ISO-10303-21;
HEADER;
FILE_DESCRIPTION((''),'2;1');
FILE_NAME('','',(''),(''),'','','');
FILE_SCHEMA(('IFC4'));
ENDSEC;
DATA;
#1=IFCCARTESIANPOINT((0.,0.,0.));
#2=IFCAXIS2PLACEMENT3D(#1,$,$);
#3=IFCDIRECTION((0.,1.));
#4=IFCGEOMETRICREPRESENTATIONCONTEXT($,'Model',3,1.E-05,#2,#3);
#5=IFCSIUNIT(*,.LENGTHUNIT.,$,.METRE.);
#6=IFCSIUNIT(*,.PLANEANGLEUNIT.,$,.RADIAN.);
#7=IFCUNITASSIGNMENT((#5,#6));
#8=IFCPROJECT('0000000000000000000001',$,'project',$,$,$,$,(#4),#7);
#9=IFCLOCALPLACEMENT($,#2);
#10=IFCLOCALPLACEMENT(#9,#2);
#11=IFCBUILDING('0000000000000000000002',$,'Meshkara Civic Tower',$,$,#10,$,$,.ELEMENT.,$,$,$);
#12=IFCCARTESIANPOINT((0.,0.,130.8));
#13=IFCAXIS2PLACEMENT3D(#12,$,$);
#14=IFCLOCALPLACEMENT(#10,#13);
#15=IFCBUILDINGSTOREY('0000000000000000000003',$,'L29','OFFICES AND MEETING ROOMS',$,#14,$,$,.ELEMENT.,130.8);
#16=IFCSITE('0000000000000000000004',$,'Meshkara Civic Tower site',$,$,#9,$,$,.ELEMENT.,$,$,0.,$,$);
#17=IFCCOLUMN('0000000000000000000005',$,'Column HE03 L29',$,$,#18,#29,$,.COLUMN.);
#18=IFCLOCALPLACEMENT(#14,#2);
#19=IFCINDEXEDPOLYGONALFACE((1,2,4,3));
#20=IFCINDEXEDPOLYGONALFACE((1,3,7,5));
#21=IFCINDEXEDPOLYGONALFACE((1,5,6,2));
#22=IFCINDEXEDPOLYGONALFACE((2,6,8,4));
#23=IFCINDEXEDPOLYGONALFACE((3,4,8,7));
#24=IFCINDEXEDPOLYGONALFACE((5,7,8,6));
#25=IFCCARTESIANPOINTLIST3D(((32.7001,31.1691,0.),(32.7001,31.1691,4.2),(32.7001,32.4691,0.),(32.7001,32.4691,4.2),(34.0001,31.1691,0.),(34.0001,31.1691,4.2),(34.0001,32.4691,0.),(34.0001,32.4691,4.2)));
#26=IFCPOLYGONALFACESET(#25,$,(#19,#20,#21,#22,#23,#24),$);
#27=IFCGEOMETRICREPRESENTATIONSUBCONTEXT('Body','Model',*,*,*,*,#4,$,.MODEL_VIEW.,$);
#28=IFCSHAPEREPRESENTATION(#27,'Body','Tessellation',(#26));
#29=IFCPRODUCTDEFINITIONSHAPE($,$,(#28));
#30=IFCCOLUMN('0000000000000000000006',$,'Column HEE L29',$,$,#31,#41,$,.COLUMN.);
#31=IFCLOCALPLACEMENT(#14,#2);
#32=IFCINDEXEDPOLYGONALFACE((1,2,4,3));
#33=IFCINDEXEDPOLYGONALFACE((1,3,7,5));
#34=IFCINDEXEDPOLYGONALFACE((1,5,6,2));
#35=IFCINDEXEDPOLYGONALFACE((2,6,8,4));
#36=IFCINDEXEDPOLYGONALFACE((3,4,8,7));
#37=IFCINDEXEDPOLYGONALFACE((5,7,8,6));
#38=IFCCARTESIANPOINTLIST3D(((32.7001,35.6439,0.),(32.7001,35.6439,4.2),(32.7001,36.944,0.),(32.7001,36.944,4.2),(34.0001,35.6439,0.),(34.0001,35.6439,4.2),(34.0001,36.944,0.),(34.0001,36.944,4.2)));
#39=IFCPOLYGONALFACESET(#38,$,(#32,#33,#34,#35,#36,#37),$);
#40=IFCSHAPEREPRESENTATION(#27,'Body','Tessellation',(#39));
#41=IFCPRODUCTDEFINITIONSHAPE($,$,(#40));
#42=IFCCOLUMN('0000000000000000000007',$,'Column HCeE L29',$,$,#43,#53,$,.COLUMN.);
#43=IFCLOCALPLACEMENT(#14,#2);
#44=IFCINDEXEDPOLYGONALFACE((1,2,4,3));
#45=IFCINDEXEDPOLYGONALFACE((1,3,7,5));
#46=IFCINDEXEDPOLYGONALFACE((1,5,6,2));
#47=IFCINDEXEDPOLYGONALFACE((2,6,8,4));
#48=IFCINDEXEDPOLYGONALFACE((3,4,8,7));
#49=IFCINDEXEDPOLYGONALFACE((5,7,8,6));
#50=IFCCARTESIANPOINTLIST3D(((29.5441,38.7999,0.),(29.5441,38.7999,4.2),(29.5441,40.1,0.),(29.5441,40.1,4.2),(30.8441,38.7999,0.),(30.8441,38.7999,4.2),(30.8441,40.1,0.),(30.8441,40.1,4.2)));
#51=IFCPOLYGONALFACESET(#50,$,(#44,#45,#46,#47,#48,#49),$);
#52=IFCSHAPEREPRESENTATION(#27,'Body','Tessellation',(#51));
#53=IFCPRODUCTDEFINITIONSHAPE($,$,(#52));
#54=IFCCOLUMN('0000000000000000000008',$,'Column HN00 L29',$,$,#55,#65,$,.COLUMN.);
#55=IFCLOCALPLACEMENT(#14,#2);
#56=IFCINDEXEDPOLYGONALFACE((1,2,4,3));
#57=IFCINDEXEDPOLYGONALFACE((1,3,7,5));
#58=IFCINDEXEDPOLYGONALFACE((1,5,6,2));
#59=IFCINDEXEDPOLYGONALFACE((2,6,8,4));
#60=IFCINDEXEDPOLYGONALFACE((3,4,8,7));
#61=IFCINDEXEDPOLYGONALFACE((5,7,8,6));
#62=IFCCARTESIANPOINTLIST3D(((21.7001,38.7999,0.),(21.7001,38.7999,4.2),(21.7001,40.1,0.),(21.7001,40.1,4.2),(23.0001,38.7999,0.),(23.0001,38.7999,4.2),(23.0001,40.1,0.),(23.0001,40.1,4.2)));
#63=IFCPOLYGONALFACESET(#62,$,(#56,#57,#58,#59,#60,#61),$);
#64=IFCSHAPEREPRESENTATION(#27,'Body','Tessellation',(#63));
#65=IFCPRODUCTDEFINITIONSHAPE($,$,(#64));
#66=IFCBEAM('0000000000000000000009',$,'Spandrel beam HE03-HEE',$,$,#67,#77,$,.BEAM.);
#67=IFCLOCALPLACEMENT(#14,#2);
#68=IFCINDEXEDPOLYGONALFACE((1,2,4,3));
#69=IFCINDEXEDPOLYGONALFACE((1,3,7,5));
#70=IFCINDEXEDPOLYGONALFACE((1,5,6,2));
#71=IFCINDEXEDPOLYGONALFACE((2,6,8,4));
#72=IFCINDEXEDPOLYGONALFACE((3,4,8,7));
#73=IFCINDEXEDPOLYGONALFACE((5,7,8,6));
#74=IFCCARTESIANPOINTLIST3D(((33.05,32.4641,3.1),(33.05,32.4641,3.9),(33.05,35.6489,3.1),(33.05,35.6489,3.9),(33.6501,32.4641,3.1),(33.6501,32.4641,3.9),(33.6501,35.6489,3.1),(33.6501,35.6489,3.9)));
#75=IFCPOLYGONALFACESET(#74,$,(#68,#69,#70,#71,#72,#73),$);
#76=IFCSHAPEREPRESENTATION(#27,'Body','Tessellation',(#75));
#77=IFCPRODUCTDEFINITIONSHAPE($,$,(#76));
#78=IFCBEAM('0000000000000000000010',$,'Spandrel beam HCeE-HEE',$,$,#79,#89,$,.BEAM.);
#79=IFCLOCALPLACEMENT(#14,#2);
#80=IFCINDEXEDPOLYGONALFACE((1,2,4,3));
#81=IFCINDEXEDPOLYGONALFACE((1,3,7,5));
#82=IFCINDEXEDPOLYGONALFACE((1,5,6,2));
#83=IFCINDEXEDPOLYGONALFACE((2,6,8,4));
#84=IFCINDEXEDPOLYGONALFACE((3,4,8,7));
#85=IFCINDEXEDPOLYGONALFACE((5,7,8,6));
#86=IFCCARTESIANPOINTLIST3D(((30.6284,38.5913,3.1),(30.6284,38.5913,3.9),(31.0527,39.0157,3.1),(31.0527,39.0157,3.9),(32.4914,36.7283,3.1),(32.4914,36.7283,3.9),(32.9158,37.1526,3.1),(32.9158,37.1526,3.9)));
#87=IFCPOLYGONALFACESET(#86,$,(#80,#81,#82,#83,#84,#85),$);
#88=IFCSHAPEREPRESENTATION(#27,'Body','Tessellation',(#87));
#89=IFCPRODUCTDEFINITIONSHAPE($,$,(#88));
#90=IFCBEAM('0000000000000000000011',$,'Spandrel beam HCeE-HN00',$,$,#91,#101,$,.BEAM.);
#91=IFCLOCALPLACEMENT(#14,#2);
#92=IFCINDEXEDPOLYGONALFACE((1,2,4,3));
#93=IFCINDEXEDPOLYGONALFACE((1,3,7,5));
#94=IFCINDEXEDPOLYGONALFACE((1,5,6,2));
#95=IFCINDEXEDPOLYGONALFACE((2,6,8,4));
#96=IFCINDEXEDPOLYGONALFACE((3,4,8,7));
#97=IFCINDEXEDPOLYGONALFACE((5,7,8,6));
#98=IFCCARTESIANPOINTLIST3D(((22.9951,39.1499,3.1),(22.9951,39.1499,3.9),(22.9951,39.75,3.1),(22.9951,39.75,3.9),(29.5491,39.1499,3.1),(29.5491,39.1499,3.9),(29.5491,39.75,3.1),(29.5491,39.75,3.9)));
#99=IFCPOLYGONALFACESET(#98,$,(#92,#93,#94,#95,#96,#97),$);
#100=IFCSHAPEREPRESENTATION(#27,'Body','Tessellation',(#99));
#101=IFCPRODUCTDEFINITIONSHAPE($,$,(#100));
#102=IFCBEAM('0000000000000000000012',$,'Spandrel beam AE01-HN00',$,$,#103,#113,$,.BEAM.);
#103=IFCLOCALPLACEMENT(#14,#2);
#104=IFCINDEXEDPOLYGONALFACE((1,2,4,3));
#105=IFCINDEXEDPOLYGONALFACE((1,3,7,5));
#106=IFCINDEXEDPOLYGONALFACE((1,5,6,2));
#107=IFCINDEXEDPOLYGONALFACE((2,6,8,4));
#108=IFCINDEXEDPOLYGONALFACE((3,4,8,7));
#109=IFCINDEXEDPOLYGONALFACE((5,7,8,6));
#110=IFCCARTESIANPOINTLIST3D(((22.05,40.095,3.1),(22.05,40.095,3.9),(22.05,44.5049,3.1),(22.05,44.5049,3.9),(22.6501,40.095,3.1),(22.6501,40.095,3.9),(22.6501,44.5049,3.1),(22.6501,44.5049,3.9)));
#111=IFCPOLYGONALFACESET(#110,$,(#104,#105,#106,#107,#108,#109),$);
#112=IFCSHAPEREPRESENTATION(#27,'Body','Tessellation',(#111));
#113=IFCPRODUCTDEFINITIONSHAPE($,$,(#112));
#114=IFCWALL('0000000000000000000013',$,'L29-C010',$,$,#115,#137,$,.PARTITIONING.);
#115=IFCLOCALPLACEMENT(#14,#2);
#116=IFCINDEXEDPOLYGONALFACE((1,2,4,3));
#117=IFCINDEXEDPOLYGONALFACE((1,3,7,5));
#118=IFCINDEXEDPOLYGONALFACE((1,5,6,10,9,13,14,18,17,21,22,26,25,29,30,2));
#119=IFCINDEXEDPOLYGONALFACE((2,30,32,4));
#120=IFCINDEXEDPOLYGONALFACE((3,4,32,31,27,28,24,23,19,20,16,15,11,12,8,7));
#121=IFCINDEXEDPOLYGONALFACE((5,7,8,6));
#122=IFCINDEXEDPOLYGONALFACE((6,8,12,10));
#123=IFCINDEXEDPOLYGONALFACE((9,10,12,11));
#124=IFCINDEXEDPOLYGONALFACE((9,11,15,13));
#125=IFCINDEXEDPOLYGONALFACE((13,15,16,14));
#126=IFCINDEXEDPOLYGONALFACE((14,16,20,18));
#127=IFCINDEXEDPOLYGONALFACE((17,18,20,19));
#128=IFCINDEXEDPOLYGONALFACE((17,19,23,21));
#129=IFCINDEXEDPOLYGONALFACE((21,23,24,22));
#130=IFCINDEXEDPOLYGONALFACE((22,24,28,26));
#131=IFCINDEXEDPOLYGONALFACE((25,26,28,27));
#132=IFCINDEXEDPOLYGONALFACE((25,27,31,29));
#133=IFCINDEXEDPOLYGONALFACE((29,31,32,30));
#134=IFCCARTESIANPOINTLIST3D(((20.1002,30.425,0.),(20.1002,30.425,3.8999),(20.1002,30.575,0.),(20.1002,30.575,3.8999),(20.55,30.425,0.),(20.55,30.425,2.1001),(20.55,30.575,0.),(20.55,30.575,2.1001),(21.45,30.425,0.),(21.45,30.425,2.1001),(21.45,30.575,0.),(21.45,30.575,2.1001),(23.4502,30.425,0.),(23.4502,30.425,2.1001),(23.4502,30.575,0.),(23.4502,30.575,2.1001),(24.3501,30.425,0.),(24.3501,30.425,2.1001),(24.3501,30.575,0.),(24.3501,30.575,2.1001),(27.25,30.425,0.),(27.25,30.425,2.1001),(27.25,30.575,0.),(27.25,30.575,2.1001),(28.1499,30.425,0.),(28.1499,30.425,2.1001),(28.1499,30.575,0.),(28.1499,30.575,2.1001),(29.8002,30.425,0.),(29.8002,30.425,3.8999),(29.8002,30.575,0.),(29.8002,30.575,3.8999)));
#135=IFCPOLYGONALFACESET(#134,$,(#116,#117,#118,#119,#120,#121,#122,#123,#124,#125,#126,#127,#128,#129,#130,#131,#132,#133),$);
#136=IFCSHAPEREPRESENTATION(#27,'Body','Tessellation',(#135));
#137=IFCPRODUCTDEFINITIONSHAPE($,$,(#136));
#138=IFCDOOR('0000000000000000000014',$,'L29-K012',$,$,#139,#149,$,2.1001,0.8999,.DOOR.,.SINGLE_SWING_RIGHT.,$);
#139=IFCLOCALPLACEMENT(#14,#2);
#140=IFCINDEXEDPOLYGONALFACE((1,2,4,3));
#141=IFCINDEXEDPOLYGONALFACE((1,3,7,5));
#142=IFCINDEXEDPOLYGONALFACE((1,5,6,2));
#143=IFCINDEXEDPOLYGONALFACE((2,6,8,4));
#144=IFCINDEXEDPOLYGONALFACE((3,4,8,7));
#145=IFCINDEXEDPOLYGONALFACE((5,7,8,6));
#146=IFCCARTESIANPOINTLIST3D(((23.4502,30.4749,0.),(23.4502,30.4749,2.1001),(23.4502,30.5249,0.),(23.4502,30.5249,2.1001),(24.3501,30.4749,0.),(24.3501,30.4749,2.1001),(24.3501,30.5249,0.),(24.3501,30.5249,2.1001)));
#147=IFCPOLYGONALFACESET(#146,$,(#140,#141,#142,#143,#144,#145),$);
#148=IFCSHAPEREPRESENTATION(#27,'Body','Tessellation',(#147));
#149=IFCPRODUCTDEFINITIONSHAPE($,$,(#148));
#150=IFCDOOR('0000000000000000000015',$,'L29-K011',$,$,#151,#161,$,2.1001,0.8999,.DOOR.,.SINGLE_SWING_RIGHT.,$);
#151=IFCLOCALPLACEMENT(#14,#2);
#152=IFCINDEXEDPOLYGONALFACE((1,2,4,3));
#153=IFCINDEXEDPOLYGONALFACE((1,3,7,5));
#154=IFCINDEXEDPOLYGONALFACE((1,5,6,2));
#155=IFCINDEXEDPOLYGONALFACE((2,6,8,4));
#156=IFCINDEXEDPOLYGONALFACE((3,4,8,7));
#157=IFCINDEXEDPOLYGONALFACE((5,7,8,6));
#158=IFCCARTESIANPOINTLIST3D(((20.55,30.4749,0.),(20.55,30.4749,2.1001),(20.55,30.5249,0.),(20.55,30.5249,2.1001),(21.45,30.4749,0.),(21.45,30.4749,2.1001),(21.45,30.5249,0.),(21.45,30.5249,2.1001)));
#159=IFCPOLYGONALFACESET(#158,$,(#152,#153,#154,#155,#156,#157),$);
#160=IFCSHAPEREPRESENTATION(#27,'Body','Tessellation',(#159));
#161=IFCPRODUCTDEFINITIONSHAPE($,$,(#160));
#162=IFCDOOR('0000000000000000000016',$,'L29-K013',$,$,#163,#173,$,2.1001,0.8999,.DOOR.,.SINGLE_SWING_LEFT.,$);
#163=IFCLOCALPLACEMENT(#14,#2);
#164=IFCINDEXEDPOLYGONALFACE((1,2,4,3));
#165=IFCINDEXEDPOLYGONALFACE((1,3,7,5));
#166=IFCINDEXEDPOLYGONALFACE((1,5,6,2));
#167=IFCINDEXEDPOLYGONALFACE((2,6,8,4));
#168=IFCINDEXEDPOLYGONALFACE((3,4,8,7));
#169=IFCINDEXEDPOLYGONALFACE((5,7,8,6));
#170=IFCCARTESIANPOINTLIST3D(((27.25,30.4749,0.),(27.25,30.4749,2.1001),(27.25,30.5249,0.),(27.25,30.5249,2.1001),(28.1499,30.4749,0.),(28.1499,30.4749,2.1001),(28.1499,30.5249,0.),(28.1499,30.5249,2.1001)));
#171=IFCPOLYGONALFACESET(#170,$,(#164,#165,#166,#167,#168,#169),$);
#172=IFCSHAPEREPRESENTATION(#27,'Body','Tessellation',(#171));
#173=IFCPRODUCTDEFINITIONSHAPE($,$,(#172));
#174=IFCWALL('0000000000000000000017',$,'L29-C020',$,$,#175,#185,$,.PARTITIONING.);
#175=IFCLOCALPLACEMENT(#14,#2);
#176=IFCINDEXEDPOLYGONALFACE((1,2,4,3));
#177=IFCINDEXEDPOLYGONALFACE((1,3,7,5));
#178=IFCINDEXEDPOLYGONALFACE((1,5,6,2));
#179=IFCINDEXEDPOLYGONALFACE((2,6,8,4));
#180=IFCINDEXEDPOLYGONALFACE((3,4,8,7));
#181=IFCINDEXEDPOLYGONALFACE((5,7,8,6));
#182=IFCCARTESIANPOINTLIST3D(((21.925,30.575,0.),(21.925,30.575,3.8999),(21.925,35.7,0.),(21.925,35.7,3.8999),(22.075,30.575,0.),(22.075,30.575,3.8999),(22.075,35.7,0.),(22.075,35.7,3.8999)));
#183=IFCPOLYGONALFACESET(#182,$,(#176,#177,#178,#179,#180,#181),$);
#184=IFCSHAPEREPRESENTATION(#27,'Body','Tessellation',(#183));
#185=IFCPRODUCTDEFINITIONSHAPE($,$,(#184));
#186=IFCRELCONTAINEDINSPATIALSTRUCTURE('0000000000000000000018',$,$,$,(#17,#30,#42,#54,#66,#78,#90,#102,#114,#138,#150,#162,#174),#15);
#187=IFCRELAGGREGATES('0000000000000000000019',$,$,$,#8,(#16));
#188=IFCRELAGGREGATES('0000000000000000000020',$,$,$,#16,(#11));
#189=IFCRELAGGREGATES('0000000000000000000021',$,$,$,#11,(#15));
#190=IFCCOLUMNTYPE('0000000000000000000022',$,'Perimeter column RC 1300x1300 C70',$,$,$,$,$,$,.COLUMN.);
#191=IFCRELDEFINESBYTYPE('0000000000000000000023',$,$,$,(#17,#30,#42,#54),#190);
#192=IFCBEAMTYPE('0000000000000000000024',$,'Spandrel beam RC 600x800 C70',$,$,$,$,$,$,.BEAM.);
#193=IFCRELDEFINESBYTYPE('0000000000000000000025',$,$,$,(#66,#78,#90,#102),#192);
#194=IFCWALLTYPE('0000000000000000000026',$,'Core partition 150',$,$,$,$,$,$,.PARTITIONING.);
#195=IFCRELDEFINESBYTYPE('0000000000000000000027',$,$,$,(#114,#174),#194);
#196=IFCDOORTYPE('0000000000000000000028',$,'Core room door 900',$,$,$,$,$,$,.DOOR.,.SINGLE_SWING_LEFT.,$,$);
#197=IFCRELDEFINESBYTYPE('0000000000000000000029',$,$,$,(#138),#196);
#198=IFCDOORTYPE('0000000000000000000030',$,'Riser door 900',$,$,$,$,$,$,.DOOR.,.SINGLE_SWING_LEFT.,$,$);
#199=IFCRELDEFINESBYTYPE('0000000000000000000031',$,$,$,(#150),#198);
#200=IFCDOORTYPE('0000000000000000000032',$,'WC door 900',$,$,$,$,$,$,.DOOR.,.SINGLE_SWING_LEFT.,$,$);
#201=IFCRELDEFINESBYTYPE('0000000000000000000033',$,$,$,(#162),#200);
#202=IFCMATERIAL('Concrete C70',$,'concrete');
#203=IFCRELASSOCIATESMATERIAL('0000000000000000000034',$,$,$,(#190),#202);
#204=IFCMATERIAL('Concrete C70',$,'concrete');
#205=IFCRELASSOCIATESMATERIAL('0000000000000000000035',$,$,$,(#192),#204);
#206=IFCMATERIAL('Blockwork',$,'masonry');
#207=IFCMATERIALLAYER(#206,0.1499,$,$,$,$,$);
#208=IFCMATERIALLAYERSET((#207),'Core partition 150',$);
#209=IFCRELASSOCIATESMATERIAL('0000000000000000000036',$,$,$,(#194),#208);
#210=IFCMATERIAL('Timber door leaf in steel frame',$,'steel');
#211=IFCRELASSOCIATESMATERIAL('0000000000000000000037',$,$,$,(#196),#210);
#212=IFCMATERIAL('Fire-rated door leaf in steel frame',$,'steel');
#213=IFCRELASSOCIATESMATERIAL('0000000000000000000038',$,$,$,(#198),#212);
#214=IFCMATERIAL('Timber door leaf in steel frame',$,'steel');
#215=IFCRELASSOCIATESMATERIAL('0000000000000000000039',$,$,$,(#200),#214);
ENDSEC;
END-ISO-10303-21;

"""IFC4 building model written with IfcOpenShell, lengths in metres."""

from ifc_helpers import new_model, si_unit, direction, frame, frame_2d, origin, origin_2d, place, context, subcontext, project, spatial, rectangle, extrude, material, layer, layer_set, material_profile, profile_set, type_object, element, fill, save


model = new_model("IFC4")

# Units and contexts
model_context = context("Model", 3, precision=1e-05, world=origin(), true_north=direction((0.0, 1.0)))
body_context = subcontext(model_context, "Body", "Model", "MODEL_VIEW")
ifc_project = project(units=[si_unit("LENGTHUNIT", "METRE"), si_unit("PLANEANGLEUNIT", "RADIAN")], contexts=[model_context])

# Site, building, storey
site_placement = place(None, origin())
site = spatial("IfcSite", under=ifc_project, at=site_placement, Name="Meshkara Civic Tower site", CompositionType="ELEMENT", RefElevation=0.0)
building_placement = place(site_placement, origin())
building = spatial("IfcBuilding", under=site, at=building_placement, Name="Meshkara Civic Tower", CompositionType="ELEMENT")
storey_placement = place(building_placement, frame((0.0, 0.0, 130.8)))
storey = spatial("IfcBuildingStorey", under=building, at=storey_placement, Name="L29", Description="OFFICES AND MEETING ROOMS", CompositionType="ELEMENT", Elevation=130.8)

# Columns
ifc_material_1 = material(Name="Concrete C70", Category="concrete")
ifc_material_profile_1 = material_profile(ifc_material_1, rectangle(XDim=1.3, YDim=1.3, at=origin_2d()))
ifc_profile_set_1 = profile_set([ifc_material_profile_1], Name="Concrete C70")
column_type = type_object("IfcColumnType", Name="Perimeter column RC 1300x1300 C70", PredefinedType="COLUMN", material=ifc_profile_set_1)
for number, where, z_axis, x_axis, name in (
    (1, (33.3501, 31.8191, 0.0), (0.0, 0.0, 1.0), (1.0, 0.0, 0.0), "Column HE03 L29"),
    (2, (33.3501, 36.2939, 0.0), (0.0, 0.0, 1.0), (1.0, 0.0, 0.0), "Column HEE L29"),
    (3, (30.1941, 39.45, 0.0), (0.0, 0.0, 1.0), (1.0, 0.0, 0.0), "Column HCeE L29"),
    (4, (22.3501, 39.45, 0.0), (0.0, 0.0, 1.0), (1.0, 0.0, 0.0), "Column HN00 L29"),
):
    element("IfcColumn", number, at=place(storey_placement, frame(where, z_axis=z_axis, x_axis=x_axis)), inside=storey, type_object=column_type, Name=name, PredefinedType="COLUMN", context=body_context, shape_type="SweptSolid", body=[
        extrude(rectangle(XDim=1.3, YDim=1.3, at=origin_2d()), origin(), (0.0, 0.0, 1.0), 4.2),
    ])

# Beams
ifc_material_2 = material(Name="Concrete C70", Category="concrete")
ifc_material_profile_2 = material_profile(ifc_material_2, rectangle(XDim=0.6001, YDim=0.8, at=origin_2d()))
ifc_profile_set_2 = profile_set([ifc_material_profile_2], Name="Concrete C70")
beam_type = type_object("IfcBeamType", Name="Spandrel beam RC 600x800 C70", PredefinedType="BEAM", material=ifc_profile_set_2)
beam_1_placement = place(storey_placement, frame((33.3501, 32.4641, 3.5), z_axis=(0.0, 1.0, 0.0), x_axis=(-1.0, 0.0, 0.0)))
element("IfcBeam", 5, at=beam_1_placement, inside=storey, type_object=beam_type, Name="Spandrel beam HE03-HEE", PredefinedType="BEAM", context=body_context, shape_type="SweptSolid", body=[
    extrude(rectangle(XDim=0.6001, YDim=0.8, at=origin_2d()), origin(), (0.0, 0.0, 1.0), 3.1848),
])
beam_2_placement = place(storey_placement, frame((32.7036, 36.9404, 3.5), z_axis=(-0.707107, 0.707107, 0.0), x_axis=(-0.707107, -0.707107, 0.0)))
element("IfcBeam", 6, at=beam_2_placement, inside=storey, type_object=beam_type, Name="Spandrel beam HCeE-HEE", PredefinedType="BEAM", context=body_context, shape_type="SweptSolid", body=[
    extrude(rectangle(XDim=0.6001, YDim=0.8, at=origin_2d()), origin(), (0.0, 0.0, 1.0), 2.6348),
])
beam_3_placement = place(storey_placement, frame((29.5491, 39.45, 3.5), z_axis=(-1.0, 0.0, 0.0), x_axis=(0.0, -1.0, 0.0)))
element("IfcBeam", 7, at=beam_3_placement, inside=storey, type_object=beam_type, Name="Spandrel beam HCeE-HN00", PredefinedType="BEAM", context=body_context, shape_type="SweptSolid", body=[
    extrude(rectangle(XDim=0.6001, YDim=0.8, at=origin_2d()), origin(), (0.0, 0.0, 1.0), 6.554),
])
beam_4_placement = place(storey_placement, frame((22.3501, 40.095, 3.5), z_axis=(0.0, 1.0, 0.0), x_axis=(-1.0, 0.0, 0.0)))
element("IfcBeam", 8, at=beam_4_placement, inside=storey, type_object=beam_type, Name="Spandrel beam AE01-HN00", PredefinedType="BEAM", context=body_context, shape_type="SweptSolid", body=[
    extrude(rectangle(XDim=0.6001, YDim=0.8, at=origin_2d()), origin(), (0.0, 0.0, 1.0), 4.4099),
])

# Wall, openings, doors
ifc_material_3 = material(Name="Blockwork", Category="masonry")
ifc_layer_1 = layer(ifc_material_3, 0.1499)
ifc_layer_set_1 = layer_set([ifc_layer_1], Name="Core partition 150")
wall_type_1 = type_object("IfcWallType", Name="Core partition 150", PredefinedType="PARTITIONING", material=ifc_layer_set_1)
wall_1_placement = place(storey_placement, frame((20.1001, 30.5, 0.0), z_axis=(0.0, 0.0, 1.0), x_axis=(1.0, 0.0, 0.0)))
wall_1 = element("IfcWall", 9, at=wall_1_placement, inside=storey, type_object=wall_type_1, Name="L29-C010", PredefinedType="PARTITIONING", context=body_context, shape_type="SweptSolid", body=[
    extrude(rectangle(XDim=9.7, YDim=0.1499, at=frame_2d((4.8501, 0.0))), origin(), (0.0, 0.0, 1.0), 3.8999),
])
opening_1_placement = place(wall_1_placement, frame((0.45, 0.0, 0.0)))
opening_1 = element("IfcOpeningElement", 10, at=opening_1_placement, cuts=wall_1, PredefinedType="OPENING", context=body_context, shape_type="SweptSolid", body=[
    extrude(rectangle(XDim=0.8999, YDim=2.1001, at=frame_2d((0.45, 1.05))), frame((0.0, 0.085, 0.0), z_axis=(0.0, -1.0, 0.0), x_axis=(1.0, 0.0, 0.0)), (0.0, 0.0, 1.0), 0.1699),
])
opening_2_placement = place(wall_1_placement, frame((3.3501, 0.0, 0.0)))
opening_2 = element("IfcOpeningElement", 11, at=opening_2_placement, cuts=wall_1, PredefinedType="OPENING", context=body_context, shape_type="SweptSolid", body=[
    extrude(rectangle(XDim=0.8999, YDim=2.1001, at=frame_2d((0.45, 1.05))), frame((0.0, 0.085, 0.0), z_axis=(0.0, -1.0, 0.0), x_axis=(1.0, 0.0, 0.0)), (0.0, 0.0, 1.0), 0.1699),
])
opening_3_placement = place(wall_1_placement, frame((7.1499, 0.0, 0.0)))
opening_3 = element("IfcOpeningElement", 12, at=opening_3_placement, cuts=wall_1, PredefinedType="OPENING", context=body_context, shape_type="SweptSolid", body=[
    extrude(rectangle(XDim=0.8999, YDim=2.1001, at=frame_2d((0.45, 1.05))), frame((0.0, 0.085, 0.0), z_axis=(0.0, -1.0, 0.0), x_axis=(1.0, 0.0, 0.0)), (0.0, 0.0, 1.0), 0.1699),
])
ifc_material_4 = material(Name="Timber door leaf in steel frame", Category="steel")
door_type_1 = type_object("IfcDoorType", Name="Core room door 900", OperationType="SINGLE_SWING_LEFT", PredefinedType="DOOR", material=ifc_material_4)
door_1_placement = place(opening_2_placement, origin())
door_1 = element("IfcDoor", 13, at=door_1_placement, inside=storey, type_object=door_type_1, Name="L29-K012", OperationType="SINGLE_SWING_RIGHT", OverallHeight=2.1001, OverallWidth=0.8999, PredefinedType="DOOR", context=body_context, shape_type="SweptSolid", body=[
    extrude(rectangle(XDim=0.8999, YDim=2.1001, at=frame_2d((0.45, 1.05))), frame((0.0, 0.0249, 0.0), z_axis=(0.0, -1.0, 0.0), x_axis=(1.0, 0.0, 0.0)), (0.0, 0.0, 1.0), 0.05),
])
fill(opening_2, door_1)
ifc_material_5 = material(Name="Fire-rated door leaf in steel frame", Category="steel")
door_type_2 = type_object("IfcDoorType", Name="Riser door 900", OperationType="SINGLE_SWING_LEFT", PredefinedType="DOOR", material=ifc_material_5)
door_2_placement = place(opening_1_placement, origin())
door_2 = element("IfcDoor", 14, at=door_2_placement, inside=storey, type_object=door_type_2, Name="L29-K011", OperationType="SINGLE_SWING_RIGHT", OverallHeight=2.1001, OverallWidth=0.8999, PredefinedType="DOOR", context=body_context, shape_type="SweptSolid", body=[
    extrude(rectangle(XDim=0.8999, YDim=2.1001, at=frame_2d((0.45, 1.05))), frame((0.0, 0.0249, 0.0), z_axis=(0.0, -1.0, 0.0), x_axis=(1.0, 0.0, 0.0)), (0.0, 0.0, 1.0), 0.05),
])
fill(opening_1, door_2)
ifc_material_6 = material(Name="Timber door leaf in steel frame", Category="steel")
door_type_3 = type_object("IfcDoorType", Name="WC door 900", OperationType="SINGLE_SWING_LEFT", PredefinedType="DOOR", material=ifc_material_6)
door_3_placement = place(opening_3_placement, origin())
door_3 = element("IfcDoor", 15, at=door_3_placement, inside=storey, type_object=door_type_3, Name="L29-K013", OperationType="SINGLE_SWING_LEFT", OverallHeight=2.1001, OverallWidth=0.8999, PredefinedType="DOOR", context=body_context, shape_type="SweptSolid", body=[
    extrude(rectangle(XDim=0.8999, YDim=2.1001, at=frame_2d((0.45, 1.05))), frame((0.0, 0.0249, 0.0), z_axis=(0.0, -1.0, 0.0), x_axis=(1.0, 0.0, 0.0)), (0.0, 0.0, 1.0), 0.05),
])
fill(opening_3, door_3)

# Wall
for number, where, z_axis, x_axis, name in (
    (16, (22.0, 30.575, 0.0), (0.0, 0.0, 1.0), (0.0, 1.0, 0.0), "L29-C020"),
):
    element("IfcWall", number, at=place(storey_placement, frame(where, z_axis=z_axis, x_axis=x_axis)), inside=storey, type_object=wall_type_1, Name=name, PredefinedType="PARTITIONING", context=body_context, shape_type="SweptSolid", body=[
        extrude(rectangle(XDim=5.125, YDim=0.1499, at=frame_2d((2.5625, 0.0))), origin(), (0.0, 0.0, 1.0), 3.8999),
    ])

save(model, "model.ifc")
